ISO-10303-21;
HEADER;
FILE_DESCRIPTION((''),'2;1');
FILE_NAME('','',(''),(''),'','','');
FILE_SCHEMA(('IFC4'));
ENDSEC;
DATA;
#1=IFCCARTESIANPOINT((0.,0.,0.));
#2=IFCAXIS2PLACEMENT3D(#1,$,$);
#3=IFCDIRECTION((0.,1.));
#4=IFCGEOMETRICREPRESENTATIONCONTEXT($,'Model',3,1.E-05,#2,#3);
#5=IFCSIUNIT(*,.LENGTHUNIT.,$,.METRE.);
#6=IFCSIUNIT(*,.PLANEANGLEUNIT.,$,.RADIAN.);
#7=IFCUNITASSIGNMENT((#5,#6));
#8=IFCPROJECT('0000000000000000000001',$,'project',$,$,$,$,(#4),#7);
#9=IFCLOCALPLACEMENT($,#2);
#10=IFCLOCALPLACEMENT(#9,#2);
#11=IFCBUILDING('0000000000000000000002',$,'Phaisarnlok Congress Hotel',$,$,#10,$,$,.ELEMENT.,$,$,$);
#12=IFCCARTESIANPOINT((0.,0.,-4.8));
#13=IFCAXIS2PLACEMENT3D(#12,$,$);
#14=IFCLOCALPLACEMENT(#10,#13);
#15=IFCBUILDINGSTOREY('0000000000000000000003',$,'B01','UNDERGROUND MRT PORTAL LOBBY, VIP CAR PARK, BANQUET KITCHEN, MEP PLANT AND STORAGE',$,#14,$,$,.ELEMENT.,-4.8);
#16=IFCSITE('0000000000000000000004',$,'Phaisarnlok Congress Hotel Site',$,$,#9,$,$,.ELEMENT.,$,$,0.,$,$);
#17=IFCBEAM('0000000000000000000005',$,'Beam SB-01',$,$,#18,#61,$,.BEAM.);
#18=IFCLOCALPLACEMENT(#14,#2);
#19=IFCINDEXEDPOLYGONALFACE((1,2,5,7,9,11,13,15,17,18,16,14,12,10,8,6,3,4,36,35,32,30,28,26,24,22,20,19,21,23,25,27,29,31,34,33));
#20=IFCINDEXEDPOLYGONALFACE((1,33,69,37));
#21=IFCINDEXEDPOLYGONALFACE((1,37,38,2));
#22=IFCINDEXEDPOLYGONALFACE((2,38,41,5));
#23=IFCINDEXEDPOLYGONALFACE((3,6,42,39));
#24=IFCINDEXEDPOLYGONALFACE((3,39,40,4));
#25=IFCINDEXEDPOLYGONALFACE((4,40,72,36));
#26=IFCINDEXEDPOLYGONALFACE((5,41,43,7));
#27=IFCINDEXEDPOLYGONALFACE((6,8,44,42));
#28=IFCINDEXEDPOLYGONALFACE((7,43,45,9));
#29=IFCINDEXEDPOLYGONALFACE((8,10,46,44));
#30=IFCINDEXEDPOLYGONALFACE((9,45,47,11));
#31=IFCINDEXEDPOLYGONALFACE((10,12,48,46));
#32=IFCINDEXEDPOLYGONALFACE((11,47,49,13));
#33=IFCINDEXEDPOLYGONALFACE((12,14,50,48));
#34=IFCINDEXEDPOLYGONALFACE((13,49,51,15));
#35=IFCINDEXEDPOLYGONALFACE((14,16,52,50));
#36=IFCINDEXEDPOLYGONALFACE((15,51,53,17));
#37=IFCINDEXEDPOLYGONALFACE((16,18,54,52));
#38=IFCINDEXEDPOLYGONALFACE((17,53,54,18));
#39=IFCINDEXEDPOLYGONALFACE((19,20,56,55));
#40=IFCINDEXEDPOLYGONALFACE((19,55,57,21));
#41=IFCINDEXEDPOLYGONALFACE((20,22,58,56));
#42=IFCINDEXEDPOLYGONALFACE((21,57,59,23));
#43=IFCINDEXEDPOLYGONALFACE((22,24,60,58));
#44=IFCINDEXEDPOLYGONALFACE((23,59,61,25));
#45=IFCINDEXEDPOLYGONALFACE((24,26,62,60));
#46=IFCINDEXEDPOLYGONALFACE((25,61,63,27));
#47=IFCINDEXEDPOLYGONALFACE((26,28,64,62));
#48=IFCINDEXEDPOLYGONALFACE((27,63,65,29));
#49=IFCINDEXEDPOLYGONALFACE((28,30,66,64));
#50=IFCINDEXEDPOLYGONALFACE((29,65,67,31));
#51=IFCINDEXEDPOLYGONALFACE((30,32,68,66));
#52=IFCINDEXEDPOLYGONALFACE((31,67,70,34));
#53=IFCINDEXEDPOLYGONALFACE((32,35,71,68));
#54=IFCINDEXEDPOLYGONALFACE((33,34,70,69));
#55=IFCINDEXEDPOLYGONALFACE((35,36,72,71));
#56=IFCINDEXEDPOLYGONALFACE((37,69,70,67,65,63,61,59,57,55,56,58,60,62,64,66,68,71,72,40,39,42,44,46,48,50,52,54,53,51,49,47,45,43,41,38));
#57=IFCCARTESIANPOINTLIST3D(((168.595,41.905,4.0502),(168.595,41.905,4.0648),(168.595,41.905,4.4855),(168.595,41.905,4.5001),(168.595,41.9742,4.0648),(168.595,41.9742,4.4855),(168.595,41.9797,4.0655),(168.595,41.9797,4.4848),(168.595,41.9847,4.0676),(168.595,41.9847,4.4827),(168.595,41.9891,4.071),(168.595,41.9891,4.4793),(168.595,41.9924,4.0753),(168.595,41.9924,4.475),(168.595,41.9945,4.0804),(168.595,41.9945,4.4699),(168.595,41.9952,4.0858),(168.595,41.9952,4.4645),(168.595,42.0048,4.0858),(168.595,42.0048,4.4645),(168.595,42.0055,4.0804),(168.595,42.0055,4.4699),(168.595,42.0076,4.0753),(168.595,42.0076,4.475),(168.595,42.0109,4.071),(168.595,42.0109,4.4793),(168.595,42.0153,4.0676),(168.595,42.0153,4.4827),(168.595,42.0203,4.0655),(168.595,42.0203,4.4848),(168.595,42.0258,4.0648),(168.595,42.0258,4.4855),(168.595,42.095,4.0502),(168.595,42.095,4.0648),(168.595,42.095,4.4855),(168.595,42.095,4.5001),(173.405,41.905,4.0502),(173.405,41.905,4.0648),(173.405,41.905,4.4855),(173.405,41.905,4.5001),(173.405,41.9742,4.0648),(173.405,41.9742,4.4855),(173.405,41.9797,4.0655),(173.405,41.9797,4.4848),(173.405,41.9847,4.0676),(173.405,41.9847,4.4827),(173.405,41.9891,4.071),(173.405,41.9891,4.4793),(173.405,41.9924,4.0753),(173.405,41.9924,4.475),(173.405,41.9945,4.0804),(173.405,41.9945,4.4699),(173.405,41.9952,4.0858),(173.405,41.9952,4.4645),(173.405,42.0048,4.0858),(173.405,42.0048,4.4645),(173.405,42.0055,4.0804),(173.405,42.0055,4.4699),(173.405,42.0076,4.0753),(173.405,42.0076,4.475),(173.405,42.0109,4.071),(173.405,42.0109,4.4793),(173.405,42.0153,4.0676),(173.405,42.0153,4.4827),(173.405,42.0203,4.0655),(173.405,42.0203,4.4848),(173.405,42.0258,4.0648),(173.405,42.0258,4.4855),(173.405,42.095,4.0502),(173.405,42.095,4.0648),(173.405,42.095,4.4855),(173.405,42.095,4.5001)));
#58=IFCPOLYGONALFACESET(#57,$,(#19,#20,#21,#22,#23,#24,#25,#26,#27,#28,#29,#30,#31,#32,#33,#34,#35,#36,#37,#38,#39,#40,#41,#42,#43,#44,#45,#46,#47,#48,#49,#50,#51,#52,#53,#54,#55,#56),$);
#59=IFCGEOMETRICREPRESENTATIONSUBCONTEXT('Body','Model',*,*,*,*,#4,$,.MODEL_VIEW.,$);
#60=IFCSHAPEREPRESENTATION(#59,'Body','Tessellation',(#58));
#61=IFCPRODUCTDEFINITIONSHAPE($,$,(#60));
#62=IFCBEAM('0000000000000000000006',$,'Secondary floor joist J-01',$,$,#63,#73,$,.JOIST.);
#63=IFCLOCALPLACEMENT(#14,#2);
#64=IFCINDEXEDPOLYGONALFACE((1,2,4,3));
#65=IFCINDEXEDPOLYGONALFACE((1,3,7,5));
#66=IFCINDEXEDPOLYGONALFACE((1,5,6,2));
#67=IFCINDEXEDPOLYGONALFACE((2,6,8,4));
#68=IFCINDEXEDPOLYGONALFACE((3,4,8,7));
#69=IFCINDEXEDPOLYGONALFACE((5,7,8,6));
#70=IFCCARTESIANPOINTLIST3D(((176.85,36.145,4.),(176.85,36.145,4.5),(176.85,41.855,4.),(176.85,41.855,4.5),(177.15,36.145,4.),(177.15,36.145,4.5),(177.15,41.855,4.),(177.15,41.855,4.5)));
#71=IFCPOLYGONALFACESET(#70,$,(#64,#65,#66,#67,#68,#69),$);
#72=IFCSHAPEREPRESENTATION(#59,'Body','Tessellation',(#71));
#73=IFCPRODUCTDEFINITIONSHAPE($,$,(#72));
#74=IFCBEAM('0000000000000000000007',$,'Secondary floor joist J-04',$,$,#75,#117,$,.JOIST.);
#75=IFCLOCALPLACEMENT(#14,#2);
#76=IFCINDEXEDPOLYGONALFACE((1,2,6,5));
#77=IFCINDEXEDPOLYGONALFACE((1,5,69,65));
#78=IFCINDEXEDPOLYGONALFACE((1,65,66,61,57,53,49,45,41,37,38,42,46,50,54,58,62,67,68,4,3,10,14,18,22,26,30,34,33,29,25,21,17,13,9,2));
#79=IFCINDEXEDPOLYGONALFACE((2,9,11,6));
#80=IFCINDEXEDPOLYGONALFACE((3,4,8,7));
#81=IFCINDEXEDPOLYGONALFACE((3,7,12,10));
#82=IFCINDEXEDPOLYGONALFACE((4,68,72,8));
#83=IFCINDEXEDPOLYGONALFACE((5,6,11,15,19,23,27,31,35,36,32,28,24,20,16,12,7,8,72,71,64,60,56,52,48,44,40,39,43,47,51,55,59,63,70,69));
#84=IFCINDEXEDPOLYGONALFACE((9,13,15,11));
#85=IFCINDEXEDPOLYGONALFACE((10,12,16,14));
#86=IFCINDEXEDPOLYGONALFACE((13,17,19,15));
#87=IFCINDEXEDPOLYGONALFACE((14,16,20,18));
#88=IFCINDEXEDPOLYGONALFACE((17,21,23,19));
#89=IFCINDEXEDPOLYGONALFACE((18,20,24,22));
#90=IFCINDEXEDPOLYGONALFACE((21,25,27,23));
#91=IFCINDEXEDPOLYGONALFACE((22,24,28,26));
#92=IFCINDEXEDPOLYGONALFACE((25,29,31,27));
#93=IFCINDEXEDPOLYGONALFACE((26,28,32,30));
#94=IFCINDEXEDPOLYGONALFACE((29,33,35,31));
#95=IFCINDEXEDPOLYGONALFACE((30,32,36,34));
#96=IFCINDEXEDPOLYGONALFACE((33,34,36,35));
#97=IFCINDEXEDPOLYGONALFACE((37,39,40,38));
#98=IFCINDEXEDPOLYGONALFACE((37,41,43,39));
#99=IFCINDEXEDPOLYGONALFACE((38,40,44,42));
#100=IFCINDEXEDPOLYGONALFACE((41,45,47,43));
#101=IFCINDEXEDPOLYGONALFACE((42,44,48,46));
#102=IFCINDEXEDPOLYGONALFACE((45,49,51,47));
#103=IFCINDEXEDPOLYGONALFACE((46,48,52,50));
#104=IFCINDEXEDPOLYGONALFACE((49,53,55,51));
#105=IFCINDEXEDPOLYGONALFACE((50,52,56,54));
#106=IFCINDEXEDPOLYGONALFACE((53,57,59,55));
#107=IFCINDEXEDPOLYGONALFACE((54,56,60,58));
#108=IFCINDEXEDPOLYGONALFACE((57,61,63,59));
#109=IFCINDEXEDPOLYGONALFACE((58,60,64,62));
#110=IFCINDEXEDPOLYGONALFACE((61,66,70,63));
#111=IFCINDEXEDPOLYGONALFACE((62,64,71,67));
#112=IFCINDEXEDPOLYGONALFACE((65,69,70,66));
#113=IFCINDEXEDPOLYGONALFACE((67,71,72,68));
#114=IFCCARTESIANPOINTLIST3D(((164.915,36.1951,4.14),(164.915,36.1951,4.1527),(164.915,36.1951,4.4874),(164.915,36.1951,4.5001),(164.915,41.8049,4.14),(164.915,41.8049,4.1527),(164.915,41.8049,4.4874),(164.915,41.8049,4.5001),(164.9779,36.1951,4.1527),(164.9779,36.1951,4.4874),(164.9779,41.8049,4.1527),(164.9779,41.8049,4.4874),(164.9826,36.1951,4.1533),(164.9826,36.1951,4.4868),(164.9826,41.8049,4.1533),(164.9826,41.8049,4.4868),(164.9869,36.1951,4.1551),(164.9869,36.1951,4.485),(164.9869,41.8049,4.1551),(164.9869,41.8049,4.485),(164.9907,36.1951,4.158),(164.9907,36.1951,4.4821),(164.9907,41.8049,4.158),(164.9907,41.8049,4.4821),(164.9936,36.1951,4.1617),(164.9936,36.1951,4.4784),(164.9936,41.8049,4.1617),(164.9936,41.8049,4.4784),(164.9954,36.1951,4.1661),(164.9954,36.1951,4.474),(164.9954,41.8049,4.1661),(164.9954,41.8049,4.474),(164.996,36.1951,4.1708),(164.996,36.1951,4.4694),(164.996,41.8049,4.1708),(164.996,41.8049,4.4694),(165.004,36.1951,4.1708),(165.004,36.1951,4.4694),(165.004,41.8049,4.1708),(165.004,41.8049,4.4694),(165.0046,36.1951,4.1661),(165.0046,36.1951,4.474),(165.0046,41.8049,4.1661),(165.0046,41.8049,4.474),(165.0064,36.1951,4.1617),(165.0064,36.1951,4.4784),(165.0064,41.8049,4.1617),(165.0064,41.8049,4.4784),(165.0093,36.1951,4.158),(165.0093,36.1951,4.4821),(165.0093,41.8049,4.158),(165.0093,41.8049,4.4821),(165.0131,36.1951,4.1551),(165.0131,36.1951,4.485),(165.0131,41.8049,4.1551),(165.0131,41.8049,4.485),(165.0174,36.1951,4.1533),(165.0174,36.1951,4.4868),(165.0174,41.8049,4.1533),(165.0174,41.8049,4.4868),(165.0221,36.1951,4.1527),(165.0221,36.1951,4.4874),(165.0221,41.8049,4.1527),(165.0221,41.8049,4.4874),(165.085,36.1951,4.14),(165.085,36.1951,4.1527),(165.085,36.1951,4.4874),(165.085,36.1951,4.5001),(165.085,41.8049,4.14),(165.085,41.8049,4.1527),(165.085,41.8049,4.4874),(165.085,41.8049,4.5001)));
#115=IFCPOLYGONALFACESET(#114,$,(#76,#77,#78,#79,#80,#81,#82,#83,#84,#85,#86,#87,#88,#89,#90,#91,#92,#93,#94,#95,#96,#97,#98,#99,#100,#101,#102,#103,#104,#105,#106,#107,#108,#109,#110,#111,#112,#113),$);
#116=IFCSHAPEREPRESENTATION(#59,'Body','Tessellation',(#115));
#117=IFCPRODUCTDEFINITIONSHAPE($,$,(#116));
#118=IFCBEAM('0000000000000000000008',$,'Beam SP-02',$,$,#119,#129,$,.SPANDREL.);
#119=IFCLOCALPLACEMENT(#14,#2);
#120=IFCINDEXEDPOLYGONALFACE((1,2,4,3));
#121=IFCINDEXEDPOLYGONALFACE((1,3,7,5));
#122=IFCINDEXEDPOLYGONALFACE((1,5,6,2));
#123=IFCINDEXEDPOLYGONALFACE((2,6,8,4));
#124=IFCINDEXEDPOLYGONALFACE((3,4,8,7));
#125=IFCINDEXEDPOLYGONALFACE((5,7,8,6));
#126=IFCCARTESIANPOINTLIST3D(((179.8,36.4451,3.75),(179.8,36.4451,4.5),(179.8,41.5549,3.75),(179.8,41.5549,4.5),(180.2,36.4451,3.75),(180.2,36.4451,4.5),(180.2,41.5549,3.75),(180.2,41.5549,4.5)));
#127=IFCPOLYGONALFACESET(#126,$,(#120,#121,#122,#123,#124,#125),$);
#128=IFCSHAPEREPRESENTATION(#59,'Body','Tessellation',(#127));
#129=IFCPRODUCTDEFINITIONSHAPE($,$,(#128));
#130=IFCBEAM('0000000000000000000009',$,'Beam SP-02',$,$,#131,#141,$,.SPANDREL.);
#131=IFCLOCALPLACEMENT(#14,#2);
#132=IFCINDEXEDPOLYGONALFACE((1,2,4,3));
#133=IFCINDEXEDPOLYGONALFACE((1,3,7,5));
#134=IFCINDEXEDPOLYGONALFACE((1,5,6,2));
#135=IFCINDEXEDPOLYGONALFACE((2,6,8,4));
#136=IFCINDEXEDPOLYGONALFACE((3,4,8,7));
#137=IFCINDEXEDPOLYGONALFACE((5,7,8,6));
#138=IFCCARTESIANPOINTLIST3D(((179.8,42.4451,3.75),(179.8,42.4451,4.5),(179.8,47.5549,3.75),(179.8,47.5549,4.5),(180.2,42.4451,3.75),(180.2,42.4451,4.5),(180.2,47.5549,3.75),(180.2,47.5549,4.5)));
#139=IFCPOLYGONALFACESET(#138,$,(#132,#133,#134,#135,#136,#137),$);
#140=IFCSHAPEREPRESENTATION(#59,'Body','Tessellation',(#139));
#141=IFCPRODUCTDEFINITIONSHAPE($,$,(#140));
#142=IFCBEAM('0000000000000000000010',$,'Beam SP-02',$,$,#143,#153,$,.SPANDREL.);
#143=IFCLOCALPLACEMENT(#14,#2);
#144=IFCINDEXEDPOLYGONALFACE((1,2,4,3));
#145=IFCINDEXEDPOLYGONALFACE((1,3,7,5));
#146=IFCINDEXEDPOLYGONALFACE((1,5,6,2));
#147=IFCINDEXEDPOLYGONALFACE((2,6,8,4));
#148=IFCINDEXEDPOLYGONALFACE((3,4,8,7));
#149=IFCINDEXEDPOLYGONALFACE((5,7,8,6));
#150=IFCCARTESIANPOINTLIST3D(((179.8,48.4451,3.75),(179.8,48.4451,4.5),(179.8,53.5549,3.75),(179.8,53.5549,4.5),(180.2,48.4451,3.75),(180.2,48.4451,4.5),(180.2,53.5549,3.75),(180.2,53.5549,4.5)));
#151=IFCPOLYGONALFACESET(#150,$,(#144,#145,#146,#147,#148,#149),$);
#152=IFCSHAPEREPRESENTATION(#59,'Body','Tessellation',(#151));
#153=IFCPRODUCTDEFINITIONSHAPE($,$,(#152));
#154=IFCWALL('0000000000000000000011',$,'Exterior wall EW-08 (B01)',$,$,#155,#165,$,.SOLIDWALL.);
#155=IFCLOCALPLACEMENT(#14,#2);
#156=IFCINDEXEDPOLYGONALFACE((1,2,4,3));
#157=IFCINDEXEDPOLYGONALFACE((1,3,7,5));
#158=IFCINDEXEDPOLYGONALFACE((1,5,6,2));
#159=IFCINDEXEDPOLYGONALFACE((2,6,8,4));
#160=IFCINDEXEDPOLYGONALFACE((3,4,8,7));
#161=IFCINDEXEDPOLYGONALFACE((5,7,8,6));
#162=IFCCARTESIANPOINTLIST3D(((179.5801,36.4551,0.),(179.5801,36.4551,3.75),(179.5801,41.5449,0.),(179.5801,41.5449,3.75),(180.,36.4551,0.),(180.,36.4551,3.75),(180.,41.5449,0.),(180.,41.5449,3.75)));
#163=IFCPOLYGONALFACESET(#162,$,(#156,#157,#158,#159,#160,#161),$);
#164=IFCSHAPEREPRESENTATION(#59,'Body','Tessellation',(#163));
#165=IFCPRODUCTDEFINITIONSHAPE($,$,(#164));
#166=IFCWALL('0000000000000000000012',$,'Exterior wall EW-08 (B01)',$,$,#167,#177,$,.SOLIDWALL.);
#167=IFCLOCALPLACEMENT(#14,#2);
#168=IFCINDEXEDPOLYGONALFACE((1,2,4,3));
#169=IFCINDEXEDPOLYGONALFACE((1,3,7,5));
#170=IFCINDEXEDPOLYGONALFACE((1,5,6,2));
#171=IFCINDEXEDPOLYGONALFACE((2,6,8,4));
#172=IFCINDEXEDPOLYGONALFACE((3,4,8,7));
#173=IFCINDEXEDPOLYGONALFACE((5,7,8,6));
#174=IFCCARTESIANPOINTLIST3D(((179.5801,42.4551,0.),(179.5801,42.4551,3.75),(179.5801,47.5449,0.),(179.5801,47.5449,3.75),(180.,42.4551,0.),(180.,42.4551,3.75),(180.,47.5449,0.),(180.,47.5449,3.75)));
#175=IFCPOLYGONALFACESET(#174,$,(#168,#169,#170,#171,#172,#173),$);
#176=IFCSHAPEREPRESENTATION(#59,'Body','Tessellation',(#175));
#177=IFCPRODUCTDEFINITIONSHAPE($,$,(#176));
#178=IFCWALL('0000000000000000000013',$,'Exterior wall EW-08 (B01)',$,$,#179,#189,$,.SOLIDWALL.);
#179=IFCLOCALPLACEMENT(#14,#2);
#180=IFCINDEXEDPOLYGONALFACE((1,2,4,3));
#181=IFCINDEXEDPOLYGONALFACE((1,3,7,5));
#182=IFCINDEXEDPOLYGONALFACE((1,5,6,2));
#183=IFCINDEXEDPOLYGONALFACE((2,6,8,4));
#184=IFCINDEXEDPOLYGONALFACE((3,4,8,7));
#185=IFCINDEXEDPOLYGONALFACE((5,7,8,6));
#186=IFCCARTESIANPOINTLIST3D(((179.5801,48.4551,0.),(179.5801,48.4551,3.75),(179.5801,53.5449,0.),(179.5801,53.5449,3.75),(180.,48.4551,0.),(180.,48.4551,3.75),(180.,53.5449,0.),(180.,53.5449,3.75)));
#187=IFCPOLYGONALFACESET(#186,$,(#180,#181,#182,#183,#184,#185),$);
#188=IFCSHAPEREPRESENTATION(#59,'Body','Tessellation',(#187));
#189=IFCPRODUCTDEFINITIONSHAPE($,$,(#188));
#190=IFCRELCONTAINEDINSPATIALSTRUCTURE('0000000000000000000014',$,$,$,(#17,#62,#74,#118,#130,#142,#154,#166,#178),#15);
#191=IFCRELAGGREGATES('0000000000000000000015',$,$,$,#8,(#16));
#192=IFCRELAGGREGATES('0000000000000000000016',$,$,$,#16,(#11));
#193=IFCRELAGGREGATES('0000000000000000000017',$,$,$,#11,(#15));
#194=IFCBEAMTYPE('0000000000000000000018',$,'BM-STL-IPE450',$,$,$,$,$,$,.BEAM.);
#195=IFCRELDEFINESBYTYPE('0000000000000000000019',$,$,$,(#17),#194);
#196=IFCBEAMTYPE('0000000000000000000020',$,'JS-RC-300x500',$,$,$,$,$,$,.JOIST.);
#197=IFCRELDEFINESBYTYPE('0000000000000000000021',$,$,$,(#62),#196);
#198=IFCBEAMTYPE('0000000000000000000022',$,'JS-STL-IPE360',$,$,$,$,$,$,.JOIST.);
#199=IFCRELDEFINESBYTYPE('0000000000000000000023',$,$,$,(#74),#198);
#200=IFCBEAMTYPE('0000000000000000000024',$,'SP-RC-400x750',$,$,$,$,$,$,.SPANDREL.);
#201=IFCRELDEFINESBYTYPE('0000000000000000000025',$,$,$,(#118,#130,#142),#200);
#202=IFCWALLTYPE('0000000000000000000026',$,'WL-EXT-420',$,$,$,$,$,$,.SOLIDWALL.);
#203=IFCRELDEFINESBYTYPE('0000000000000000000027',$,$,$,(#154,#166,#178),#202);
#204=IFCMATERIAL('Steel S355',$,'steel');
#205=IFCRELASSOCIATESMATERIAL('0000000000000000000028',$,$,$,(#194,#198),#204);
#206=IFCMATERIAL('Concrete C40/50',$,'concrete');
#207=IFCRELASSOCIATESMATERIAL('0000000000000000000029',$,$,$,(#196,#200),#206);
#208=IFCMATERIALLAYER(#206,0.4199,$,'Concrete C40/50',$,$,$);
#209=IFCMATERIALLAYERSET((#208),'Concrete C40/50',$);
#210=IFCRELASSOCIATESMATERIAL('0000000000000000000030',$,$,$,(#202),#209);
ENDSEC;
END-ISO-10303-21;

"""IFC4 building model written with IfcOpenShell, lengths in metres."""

from ifc_helpers import new_model, si_unit, direction, frame, frame_2d, origin, origin_2d, place, context, subcontext, project, spatial, rectangle, i_section, extrude, material, layer, layer_set, material_profile, profile_set, type_object, element, save


model = new_model("IFC4")

# Units and contexts
model_context = context("Model", 3, precision=1e-05, world=origin(), true_north=direction((0.0, 1.0)))
body_context = subcontext(model_context, "Body", "Model", "MODEL_VIEW")
ifc_project = project(units=[si_unit("LENGTHUNIT", "METRE"), si_unit("PLANEANGLEUNIT", "RADIAN")], contexts=[model_context])

# Site, building, storey
site_placement = place(None, origin())
site = spatial("IfcSite", under=ifc_project, at=site_placement, Name="Phaisarnlok Congress Hotel Site", CompositionType="ELEMENT", RefElevation=0.0)
building_placement = place(site_placement, origin())
building = spatial("IfcBuilding", under=site, at=building_placement, Name="Phaisarnlok Congress Hotel", CompositionType="ELEMENT")
storey_placement = place(building_placement, frame((0.0, 0.0, -4.8)))
storey = spatial("IfcBuildingStorey", under=building, at=storey_placement, Name="B01", Description="UNDERGROUND MRT PORTAL LOBBY, VIP CAR PARK, BANQUET KITCHEN, MEP PLANT AND STORAGE", CompositionType="ELEMENT", Elevation=-4.8)

# Shared definitions
ifc_material_1 = material(Name="Concrete C40/50", Category="concrete")

# Beams
ifc_material_2 = material(Name="Steel S355", Category="steel")
ifc_material_profile_1 = material_profile(ifc_material_2, i_section(OverallWidth=0.1899, OverallDepth=0.45, WebThickness=0.0095, FlangeThickness=0.0146, FilletRadius=0.021, at=origin_2d()), Name="IPE 450")
ifc_profile_set_1 = profile_set([ifc_material_profile_1], Name="Steel S355")
beam_type_1 = type_object("IfcBeamType", Name="BM-STL-IPE450", PredefinedType="BEAM", material=ifc_profile_set_1)
beam_1_placement = place(storey_placement, frame((168.595, 42.0, 4.2751), z_axis=(1.0, 0.0, 0.0), x_axis=(0.0, 1.0, 0.0)))
element("IfcBeam", 1, at=beam_1_placement, inside=storey, type_object=beam_type_1, Name="Beam SB-01", PredefinedType="BEAM", context=body_context, shape_type="SweptSolid", body=[
    extrude(i_section(OverallWidth=0.1899, OverallDepth=0.45, WebThickness=0.0095, FlangeThickness=0.0146, FilletRadius=0.021, at=origin_2d()), origin(), (0.0, 0.0, 1.0), 4.8101),
])
ifc_material_profile_2 = material_profile(ifc_material_1, rectangle(XDim=0.3, YDim=0.5, at=origin_2d()), Name="RC 300x500")
ifc_profile_set_2 = profile_set([ifc_material_profile_2], Name="Concrete C40/50")
beam_type_2 = type_object("IfcBeamType", Name="JS-RC-300x500", PredefinedType="JOIST", material=ifc_profile_set_2)
beam_2_placement = place(storey_placement, frame((177.0, 36.145, 4.25), z_axis=(0.0, 1.0, 0.0), x_axis=(-1.0, 0.0, 0.0)))
element("IfcBeam", 2, at=beam_2_placement, inside=storey, type_object=beam_type_2, Name="Secondary floor joist J-01", PredefinedType="JOIST", context=body_context, shape_type="SweptSolid", body=[
    extrude(rectangle(XDim=0.3, YDim=0.5, at=origin_2d()), origin(), (0.0, 0.0, 1.0), 5.71),
])
ifc_material_profile_3 = material_profile(ifc_material_2, i_section(OverallWidth=0.1699, OverallDepth=0.3601, WebThickness=0.0081, FlangeThickness=0.0127, FilletRadius=0.0181, at=origin_2d()), Name="IPE 360")
ifc_profile_set_3 = profile_set([ifc_material_profile_3], Name="Steel S355")
beam_type_3 = type_object("IfcBeamType", Name="JS-STL-IPE360", PredefinedType="JOIST", material=ifc_profile_set_3)
beam_3_placement = place(storey_placement, frame((165.0, 36.1951, 4.3201), z_axis=(0.0, 1.0, 0.0), x_axis=(-1.0, 0.0, 0.0)))
element("IfcBeam", 3, at=beam_3_placement, inside=storey, type_object=beam_type_3, Name="Secondary floor joist J-04", PredefinedType="JOIST", context=body_context, shape_type="SweptSolid", body=[
    extrude(i_section(OverallWidth=0.1699, OverallDepth=0.3601, WebThickness=0.0081, FlangeThickness=0.0127, FilletRadius=0.0181, at=origin_2d()), origin(), (0.0, 0.0, 1.0), 5.6099),
])
ifc_material_profile_4 = material_profile(ifc_material_1, rectangle(XDim=0.3999, YDim=0.75, at=origin_2d()), Name="RC 400x750")
ifc_profile_set_4 = profile_set([ifc_material_profile_4], Name="Concrete C40/50")
beam_type_4 = type_object("IfcBeamType", Name="SP-RC-400x750", PredefinedType="SPANDREL", material=ifc_profile_set_4)
for number, where, z_axis, x_axis, name in (
    (4, (180.0, 36.4451, 4.125), (0.0, 1.0, 0.0), (-1.0, 0.0, 0.0), "Beam SP-02"),
    (5, (180.0, 42.4451, 4.125), (0.0, 1.0, 0.0), (-1.0, 0.0, 0.0), "Beam SP-02"),
    (6, (180.0, 48.4451, 4.125), (0.0, 1.0, 0.0), (-1.0, 0.0, 0.0), "Beam SP-02"),
):
    element("IfcBeam", number, at=place(storey_placement, frame(where, z_axis=z_axis, x_axis=x_axis)), inside=storey, type_object=beam_type_4, Name=name, PredefinedType="SPANDREL", context=body_context, shape_type="SweptSolid", body=[
        extrude(rectangle(XDim=0.3999, YDim=0.75, at=origin_2d()), origin(), (0.0, 0.0, 1.0), 5.1099),
    ])

# Walls
ifc_layer = layer(ifc_material_1, 0.4199, Name="Concrete C40/50")
ifc_layer_set = layer_set([ifc_layer], Name="Concrete C40/50")
wall_type = type_object("IfcWallType", Name="WL-EXT-420", PredefinedType="SOLIDWALL", material=ifc_layer_set)
for number, where, z_axis, x_axis, name in (
    (7, (179.79, 36.4551, 0.0), (0.0, 0.0, 1.0), (0.0, 1.0, 0.0), "Exterior wall EW-08 (B01)"),
    (8, (179.79, 42.4551, 0.0), (0.0, 0.0, 1.0), (0.0, 1.0, 0.0), "Exterior wall EW-08 (B01)"),
    (9, (179.79, 48.4551, 0.0), (0.0, 0.0, 1.0), (0.0, 1.0, 0.0), "Exterior wall EW-08 (B01)"),
):
    element("IfcWall", number, at=place(storey_placement, frame(where, z_axis=z_axis, x_axis=x_axis)), inside=storey, type_object=wall_type, Name=name, PredefinedType="SOLIDWALL", context=body_context, shape_type="SweptSolid", body=[
        extrude(rectangle(XDim=5.0898, YDim=0.4199, at=frame_2d((2.5449, 0.0))), origin(), (0.0, 0.0, 1.0), 3.75),
    ])

save(model, "model.ifc")
